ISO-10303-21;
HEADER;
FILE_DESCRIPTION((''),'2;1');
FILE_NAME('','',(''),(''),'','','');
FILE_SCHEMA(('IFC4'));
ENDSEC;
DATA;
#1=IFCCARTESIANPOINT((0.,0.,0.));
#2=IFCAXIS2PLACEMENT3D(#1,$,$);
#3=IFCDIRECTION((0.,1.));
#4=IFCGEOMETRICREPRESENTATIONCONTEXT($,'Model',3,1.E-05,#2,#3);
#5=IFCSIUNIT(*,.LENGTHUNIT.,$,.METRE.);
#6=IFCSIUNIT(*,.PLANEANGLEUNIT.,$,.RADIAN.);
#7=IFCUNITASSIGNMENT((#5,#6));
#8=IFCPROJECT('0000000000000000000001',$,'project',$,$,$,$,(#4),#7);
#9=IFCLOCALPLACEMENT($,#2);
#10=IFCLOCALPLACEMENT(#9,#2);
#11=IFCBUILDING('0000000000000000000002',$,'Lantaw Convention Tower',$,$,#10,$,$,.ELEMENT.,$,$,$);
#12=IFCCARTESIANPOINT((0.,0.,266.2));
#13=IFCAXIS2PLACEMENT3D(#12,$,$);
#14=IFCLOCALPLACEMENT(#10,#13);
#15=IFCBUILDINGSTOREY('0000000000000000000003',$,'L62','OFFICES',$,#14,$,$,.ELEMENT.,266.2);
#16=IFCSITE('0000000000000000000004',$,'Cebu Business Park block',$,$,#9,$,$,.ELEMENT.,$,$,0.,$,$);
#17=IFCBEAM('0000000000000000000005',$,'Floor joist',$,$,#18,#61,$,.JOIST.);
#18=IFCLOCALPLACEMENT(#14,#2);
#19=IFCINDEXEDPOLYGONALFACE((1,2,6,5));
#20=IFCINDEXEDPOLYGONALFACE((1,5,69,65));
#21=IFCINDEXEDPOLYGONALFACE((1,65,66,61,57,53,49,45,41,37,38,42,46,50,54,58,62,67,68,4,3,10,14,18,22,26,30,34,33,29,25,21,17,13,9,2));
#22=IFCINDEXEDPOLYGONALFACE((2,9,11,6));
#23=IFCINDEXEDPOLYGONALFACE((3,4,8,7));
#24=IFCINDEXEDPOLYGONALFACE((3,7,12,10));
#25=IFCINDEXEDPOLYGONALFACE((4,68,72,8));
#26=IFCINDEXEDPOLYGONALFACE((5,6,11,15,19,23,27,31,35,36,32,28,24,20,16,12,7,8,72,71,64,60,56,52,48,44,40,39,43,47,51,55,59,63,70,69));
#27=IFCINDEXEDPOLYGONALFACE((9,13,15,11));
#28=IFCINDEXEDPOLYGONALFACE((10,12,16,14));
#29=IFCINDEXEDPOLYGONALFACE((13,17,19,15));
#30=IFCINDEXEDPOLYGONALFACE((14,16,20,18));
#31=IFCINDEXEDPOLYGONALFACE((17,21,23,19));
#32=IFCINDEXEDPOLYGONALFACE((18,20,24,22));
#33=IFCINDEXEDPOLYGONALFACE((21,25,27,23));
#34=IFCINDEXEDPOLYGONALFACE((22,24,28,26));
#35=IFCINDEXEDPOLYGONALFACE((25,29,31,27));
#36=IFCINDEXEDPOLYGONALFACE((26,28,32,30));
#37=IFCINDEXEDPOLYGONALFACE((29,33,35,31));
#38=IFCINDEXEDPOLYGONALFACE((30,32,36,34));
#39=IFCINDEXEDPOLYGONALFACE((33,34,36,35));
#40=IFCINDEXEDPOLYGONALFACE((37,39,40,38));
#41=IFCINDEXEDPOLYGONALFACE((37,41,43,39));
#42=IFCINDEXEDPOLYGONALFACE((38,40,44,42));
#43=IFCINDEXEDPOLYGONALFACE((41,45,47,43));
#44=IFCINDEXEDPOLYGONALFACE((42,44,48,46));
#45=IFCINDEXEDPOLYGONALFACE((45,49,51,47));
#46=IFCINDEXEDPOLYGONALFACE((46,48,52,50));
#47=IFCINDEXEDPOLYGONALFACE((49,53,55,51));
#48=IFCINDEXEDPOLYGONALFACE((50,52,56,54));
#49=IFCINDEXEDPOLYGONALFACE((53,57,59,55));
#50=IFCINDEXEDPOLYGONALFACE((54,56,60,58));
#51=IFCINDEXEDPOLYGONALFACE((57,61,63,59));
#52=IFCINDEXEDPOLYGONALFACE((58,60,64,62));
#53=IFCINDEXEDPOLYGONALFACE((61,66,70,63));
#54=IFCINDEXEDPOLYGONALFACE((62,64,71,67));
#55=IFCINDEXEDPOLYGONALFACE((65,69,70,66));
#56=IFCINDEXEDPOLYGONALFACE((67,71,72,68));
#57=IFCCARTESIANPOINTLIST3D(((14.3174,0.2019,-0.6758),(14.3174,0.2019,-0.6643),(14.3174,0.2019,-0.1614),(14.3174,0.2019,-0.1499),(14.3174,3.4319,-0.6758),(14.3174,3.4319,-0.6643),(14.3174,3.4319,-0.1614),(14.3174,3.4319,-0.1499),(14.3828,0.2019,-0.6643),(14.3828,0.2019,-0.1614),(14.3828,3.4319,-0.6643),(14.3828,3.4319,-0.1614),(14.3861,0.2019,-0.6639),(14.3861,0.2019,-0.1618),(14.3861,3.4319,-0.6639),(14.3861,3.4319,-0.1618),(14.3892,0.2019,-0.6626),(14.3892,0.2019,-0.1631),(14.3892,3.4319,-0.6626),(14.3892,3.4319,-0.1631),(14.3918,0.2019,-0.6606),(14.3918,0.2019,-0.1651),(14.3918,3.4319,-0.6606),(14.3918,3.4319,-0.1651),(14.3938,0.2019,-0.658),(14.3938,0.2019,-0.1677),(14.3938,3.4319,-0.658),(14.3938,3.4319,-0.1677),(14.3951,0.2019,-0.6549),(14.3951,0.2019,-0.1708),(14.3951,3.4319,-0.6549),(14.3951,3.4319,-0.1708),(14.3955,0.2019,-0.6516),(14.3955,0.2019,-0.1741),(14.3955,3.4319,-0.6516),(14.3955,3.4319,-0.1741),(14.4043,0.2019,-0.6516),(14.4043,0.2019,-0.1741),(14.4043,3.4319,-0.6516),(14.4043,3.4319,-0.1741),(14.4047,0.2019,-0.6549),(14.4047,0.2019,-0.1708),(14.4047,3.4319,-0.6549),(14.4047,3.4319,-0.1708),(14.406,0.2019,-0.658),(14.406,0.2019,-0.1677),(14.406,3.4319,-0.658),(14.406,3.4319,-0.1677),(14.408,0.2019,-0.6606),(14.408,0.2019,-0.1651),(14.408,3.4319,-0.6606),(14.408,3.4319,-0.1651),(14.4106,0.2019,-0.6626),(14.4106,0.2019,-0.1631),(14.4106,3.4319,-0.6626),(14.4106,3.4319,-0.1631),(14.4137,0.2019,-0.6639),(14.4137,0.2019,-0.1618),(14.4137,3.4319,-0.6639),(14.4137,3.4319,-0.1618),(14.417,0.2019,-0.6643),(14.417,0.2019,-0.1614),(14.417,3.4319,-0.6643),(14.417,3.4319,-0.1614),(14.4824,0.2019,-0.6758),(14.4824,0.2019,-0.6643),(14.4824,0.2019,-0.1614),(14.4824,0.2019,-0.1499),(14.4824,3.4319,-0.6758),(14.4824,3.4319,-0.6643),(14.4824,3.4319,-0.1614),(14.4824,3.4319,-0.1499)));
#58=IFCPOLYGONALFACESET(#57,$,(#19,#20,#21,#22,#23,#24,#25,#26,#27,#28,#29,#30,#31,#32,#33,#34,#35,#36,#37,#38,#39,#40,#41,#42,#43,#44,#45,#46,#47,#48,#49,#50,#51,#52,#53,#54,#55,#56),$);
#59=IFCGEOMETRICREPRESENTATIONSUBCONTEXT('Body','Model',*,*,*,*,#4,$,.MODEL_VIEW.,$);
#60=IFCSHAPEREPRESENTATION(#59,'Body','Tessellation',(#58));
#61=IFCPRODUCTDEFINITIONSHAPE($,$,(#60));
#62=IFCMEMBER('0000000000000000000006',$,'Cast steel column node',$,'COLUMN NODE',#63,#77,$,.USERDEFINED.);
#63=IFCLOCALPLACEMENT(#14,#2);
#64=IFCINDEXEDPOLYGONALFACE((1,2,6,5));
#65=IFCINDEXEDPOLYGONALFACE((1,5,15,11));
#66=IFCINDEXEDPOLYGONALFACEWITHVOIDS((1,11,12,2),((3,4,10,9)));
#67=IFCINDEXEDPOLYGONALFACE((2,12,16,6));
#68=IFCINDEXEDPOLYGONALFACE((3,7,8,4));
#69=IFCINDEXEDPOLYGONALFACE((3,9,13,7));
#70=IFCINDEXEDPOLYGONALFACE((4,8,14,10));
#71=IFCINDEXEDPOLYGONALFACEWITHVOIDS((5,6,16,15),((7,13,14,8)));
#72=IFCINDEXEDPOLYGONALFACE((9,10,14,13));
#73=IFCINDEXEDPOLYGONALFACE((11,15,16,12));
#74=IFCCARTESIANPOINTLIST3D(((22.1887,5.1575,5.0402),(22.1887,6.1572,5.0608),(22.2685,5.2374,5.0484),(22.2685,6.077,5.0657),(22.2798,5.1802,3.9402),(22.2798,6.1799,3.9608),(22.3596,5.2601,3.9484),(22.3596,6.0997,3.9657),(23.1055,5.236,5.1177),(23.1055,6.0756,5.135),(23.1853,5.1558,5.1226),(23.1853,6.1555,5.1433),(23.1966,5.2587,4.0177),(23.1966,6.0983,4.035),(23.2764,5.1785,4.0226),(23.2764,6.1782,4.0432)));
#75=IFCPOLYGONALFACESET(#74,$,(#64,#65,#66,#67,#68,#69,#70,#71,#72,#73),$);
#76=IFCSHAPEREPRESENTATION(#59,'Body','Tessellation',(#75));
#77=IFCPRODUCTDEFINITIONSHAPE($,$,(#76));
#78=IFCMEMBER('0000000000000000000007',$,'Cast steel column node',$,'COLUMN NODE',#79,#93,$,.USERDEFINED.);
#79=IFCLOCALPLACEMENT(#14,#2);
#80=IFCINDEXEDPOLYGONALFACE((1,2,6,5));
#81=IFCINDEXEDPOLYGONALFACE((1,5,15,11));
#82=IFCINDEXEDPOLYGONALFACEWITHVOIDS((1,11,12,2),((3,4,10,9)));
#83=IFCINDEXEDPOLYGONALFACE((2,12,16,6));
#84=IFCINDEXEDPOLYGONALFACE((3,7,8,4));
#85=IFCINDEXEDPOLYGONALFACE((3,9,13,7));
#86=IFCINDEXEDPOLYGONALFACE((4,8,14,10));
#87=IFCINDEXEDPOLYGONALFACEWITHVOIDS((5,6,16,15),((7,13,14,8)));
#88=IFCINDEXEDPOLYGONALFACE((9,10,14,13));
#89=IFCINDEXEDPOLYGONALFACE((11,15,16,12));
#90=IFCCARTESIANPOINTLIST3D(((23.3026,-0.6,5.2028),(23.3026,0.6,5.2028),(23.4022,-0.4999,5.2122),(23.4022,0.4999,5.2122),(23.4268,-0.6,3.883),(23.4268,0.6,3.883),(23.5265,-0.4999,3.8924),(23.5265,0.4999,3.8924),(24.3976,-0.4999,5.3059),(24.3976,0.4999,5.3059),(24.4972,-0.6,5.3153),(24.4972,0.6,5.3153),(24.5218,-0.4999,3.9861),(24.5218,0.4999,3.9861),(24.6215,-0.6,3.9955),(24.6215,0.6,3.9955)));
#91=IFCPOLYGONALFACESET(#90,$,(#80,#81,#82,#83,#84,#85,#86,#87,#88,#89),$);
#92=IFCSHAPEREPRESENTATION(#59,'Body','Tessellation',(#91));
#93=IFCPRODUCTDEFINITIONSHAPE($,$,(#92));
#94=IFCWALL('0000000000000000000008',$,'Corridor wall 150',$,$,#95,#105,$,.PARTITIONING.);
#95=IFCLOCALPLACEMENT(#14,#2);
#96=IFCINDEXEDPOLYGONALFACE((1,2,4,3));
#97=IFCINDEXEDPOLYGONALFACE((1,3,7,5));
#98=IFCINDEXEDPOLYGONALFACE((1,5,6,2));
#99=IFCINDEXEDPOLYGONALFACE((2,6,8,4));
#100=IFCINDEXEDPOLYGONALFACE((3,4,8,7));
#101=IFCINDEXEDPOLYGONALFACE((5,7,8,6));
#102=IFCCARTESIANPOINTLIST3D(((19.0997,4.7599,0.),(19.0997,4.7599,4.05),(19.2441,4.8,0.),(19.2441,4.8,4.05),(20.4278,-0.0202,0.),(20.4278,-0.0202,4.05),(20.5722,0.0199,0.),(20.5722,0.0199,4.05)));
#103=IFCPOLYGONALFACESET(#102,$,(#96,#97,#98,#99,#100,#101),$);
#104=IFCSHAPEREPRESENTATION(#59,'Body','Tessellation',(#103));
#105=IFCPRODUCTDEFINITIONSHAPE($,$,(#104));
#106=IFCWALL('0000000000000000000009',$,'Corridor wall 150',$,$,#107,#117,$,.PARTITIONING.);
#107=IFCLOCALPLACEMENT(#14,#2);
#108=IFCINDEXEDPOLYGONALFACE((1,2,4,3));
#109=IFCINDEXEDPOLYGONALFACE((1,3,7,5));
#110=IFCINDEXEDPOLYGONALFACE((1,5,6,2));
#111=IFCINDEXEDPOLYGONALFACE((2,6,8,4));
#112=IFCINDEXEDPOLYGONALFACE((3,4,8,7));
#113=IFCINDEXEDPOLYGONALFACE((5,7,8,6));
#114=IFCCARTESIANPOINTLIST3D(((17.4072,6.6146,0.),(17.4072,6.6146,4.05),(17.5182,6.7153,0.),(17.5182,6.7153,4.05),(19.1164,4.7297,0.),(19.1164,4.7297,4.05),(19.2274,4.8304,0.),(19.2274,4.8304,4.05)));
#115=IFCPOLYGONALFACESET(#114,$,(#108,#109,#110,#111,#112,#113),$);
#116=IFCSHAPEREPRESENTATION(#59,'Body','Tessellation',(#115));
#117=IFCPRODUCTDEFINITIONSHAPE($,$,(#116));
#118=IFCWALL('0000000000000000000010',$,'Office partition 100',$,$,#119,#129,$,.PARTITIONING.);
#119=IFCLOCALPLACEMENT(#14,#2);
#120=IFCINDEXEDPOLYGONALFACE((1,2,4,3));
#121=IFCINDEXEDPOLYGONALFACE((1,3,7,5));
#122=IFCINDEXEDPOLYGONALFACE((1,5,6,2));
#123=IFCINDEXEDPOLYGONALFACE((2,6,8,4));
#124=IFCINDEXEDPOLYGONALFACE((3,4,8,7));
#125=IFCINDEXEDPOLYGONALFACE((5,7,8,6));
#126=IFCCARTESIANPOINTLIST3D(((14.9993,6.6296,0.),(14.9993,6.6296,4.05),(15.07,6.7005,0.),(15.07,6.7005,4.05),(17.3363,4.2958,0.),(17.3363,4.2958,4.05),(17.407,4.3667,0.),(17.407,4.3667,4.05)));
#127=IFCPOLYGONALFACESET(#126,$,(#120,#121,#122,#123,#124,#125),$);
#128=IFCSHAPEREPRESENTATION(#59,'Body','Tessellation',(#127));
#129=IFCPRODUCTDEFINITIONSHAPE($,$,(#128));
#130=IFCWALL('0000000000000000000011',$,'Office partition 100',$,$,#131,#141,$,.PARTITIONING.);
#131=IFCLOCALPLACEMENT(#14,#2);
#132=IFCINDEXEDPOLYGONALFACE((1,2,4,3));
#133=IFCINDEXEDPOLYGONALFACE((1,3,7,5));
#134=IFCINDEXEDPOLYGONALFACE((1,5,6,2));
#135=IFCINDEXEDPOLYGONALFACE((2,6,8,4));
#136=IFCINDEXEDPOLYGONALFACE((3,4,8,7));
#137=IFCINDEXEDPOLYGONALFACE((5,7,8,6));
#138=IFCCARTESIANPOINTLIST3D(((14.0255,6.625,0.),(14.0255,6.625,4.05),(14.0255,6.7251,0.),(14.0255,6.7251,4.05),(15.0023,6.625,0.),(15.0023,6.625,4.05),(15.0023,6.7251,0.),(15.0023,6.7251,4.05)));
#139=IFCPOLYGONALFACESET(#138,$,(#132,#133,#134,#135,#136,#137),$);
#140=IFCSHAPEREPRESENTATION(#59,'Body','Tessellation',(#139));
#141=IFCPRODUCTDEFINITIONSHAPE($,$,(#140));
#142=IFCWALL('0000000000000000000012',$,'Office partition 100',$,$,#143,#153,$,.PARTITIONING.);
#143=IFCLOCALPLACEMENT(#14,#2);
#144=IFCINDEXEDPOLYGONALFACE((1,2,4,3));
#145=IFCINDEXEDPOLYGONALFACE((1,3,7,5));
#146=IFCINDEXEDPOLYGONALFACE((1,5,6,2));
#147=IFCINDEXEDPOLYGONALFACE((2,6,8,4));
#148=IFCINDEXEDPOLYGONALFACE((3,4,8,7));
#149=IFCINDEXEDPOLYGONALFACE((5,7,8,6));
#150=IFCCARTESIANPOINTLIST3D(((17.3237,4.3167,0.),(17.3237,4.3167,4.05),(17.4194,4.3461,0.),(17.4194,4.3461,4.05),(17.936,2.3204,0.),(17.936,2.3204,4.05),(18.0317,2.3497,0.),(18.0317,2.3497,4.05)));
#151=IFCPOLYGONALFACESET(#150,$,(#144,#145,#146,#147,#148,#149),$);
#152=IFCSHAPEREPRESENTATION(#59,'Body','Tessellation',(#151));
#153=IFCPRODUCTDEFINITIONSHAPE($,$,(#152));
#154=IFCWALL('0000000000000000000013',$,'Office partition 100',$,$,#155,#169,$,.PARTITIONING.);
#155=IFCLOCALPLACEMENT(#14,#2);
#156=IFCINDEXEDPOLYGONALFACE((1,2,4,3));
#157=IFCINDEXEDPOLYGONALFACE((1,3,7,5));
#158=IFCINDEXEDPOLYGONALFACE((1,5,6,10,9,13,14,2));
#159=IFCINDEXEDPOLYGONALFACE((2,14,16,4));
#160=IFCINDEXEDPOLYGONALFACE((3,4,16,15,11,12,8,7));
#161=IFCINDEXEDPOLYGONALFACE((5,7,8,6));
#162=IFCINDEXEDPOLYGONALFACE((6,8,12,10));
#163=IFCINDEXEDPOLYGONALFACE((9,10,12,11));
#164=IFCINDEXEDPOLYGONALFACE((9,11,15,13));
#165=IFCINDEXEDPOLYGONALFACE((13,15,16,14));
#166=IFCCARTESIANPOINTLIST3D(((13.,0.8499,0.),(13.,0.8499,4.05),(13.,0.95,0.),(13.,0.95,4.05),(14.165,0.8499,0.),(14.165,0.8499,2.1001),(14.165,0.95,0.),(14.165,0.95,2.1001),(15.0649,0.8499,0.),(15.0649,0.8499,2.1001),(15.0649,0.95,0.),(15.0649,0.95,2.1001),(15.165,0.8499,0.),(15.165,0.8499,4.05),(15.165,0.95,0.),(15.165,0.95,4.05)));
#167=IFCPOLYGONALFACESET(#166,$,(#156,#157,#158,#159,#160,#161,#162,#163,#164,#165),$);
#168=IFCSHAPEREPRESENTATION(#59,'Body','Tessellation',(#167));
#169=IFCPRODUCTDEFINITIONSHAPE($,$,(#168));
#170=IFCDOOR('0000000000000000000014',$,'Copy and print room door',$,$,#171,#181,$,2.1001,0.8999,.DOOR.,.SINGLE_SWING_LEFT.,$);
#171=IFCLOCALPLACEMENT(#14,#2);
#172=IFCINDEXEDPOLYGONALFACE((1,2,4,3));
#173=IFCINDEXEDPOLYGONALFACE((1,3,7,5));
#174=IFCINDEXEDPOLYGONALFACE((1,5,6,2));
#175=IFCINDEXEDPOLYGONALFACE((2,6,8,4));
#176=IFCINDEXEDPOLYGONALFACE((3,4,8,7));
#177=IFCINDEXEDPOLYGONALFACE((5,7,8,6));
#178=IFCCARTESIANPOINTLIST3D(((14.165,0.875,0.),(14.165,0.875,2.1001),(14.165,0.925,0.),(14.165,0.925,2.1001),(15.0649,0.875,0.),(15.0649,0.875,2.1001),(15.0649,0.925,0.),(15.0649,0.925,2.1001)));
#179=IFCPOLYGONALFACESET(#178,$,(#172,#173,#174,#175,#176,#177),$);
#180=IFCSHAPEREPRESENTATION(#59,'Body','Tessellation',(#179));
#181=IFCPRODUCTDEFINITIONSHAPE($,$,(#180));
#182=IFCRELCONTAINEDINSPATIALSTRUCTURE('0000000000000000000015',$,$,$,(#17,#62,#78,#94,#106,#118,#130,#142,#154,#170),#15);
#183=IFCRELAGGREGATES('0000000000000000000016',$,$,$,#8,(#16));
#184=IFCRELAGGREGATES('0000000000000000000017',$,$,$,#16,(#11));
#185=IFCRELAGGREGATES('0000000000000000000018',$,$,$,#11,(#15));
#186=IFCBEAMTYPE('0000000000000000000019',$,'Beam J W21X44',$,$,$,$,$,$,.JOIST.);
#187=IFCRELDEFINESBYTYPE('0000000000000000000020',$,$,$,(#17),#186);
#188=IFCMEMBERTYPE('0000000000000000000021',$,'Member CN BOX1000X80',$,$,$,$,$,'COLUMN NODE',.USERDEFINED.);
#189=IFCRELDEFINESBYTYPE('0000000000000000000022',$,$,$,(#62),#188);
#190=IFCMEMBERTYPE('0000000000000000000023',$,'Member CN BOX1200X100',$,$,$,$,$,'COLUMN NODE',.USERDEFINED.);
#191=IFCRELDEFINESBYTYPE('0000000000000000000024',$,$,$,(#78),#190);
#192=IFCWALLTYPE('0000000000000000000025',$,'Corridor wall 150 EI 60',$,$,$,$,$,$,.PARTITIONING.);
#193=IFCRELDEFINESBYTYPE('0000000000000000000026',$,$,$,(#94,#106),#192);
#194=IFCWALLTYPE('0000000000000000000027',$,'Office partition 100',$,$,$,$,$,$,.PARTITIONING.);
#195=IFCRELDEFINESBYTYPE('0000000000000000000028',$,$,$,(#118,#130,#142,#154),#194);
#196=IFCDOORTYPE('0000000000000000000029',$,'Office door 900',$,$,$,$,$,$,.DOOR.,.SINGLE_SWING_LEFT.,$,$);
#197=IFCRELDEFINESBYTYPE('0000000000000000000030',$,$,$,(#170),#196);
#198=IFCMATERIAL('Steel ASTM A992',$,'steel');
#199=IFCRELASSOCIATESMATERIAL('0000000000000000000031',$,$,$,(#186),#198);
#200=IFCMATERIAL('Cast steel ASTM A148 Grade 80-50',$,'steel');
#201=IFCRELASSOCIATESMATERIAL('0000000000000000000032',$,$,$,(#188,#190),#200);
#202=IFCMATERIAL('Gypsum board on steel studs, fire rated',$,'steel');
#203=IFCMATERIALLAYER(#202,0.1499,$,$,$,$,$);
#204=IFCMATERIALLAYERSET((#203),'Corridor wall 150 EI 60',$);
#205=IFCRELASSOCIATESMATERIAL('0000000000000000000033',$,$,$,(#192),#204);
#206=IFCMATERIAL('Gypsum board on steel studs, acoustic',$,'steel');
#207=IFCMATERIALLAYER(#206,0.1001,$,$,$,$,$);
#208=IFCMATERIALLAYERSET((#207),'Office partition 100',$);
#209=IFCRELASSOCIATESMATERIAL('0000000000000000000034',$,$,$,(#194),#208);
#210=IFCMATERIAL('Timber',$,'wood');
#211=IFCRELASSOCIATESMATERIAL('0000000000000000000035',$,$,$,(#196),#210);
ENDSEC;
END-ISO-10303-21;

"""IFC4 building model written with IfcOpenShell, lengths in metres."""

from ifc_helpers import new_model, si_unit, direction, frame, frame_2d, origin, origin_2d, place, context, subcontext, project, spatial, rectangle, hollow_rectangle, i_section, extrude, material, layer, layer_set, material_profile, profile_set, type_object, element, fill, save


model = new_model("IFC4")

# Units and contexts
model_context = context("Model", 3, precision=1e-05, world=origin(), true_north=direction((0.0, 1.0)))
body_context = subcontext(model_context, "Body", "Model", "MODEL_VIEW")
ifc_project = project(units=[si_unit("LENGTHUNIT", "METRE"), si_unit("PLANEANGLEUNIT", "RADIAN")], contexts=[model_context])

# Site, building, storey
site_placement = place(None, origin())
site = spatial("IfcSite", under=ifc_project, at=site_placement, Name="Cebu Business Park block", CompositionType="ELEMENT", RefElevation=0.0)
building_placement = place(site_placement, origin())
building = spatial("IfcBuilding", under=site, at=building_placement, Name="Lantaw Convention Tower", CompositionType="ELEMENT")
storey_placement = place(building_placement, frame((0.0, 0.0, 266.2)))
storey = spatial("IfcBuildingStorey", under=building, at=storey_placement, Name="L62", Description="OFFICES", CompositionType="ELEMENT", Elevation=266.2)

# Beam
ifc_material_1 = material(Name="Steel ASTM A992", Category="steel")
ifc_material_profile_1 = material_profile(ifc_material_1, i_section(OverallWidth=0.165, OverallDepth=0.5259, WebThickness=0.0088, FlangeThickness=0.0115, FilletRadius=0.0127, at=origin_2d()), Name="W21X44")
ifc_profile_set_1 = profile_set([ifc_material_profile_1], Name="Steel ASTM A992")
beam_type_1 = type_object("IfcBeamType", Name="Beam J W21X44", PredefinedType="JOIST", material=ifc_profile_set_1)
beam_1_placement = place(storey_placement, frame((14.3999, 0.2019, -0.4128), z_axis=(0.0, 1.0, 0.0), x_axis=(-1.0, 0.0, 0.0)))
element("IfcBeam", 1, at=beam_1_placement, inside=storey, type_object=beam_type_1, Name="Floor joist", PredefinedType="JOIST", context=body_context, shape_type="SweptSolid", body=[
    extrude(i_section(OverallWidth=0.165, OverallDepth=0.5259, WebThickness=0.0088, FlangeThickness=0.0115, FilletRadius=0.0127, at=origin_2d()), origin(), (0.0, 0.0, 1.0), 3.23),
])

# Members
ifc_material_2 = material(Name="Cast steel ASTM A148 Grade 80-50", Category="steel")
ifc_material_profile_2 = material_profile(ifc_material_2, hollow_rectangle(XDim=1.0, YDim=1.0, WallThickness=0.0801, at=origin_2d()), Name="BOX1000X80")
ifc_profile_set_2 = profile_set([ifc_material_profile_2], Name="Cast steel ASTM A148 Grade 80-50")
member_type_1 = type_object("IfcMemberType", Name="Member CN BOX1000X80", ElementType="COLUMN NODE", PredefinedType="USERDEFINED", material=ifc_profile_set_2)
member_1_placement = place(storey_placement, frame((22.7781, 5.6792, 3.9917), z_axis=(-0.082479, -0.020564, 0.996381), x_axis=(0.996593, -0.001698, 0.082461)))
element("IfcMember", 2, at=member_1_placement, inside=storey, type_object=member_type_1, Name="Cast steel column node", ObjectType="COLUMN NODE", PredefinedType="USERDEFINED", context=body_context, shape_type="SweptSolid", body=[
    extrude(hollow_rectangle(XDim=1.0, YDim=1.0, WallThickness=0.0801, at=origin_2d()), origin(), (0.0, 0.0, 1.0), 1.104),
])
ifc_material_profile_3 = material_profile(ifc_material_2, hollow_rectangle(XDim=1.2, YDim=1.2, WallThickness=0.1001, at=origin_2d()), Name="BOX1200X100")
ifc_profile_set_3 = profile_set([ifc_material_profile_3], Name="Cast steel ASTM A148 Grade 80-50")
member_type_2 = type_object("IfcMemberType", Name="Member CN BOX1200X100", ElementType="COLUMN NODE", PredefinedType="USERDEFINED", material=ifc_profile_set_3)
member_2_placement = place(storey_placement, frame((24.0242, 0.0, 3.9392), z_axis=(-0.09374, 0.0, 0.995597), x_axis=(0.995597, 0.0, 0.09374)))
element("IfcMember", 3, at=member_2_placement, inside=storey, type_object=member_type_2, Name="Cast steel column node", ObjectType="COLUMN NODE", PredefinedType="USERDEFINED", context=body_context, shape_type="SweptSolid", body=[
    extrude(hollow_rectangle(XDim=1.2, YDim=1.2, WallThickness=0.1001, at=origin_2d()), origin(), (0.0, 0.0, 1.0), 1.3257),
])

# Walls
ifc_material_3 = material(Name="Gypsum board on steel studs, fire rated", Category="steel")
ifc_layer_1 = layer(ifc_material_3, 0.1499)
ifc_layer_set_1 = layer_set([ifc_layer_1], Name="Corridor wall 150 EI 60")
wall_type_1 = type_object("IfcWallType", Name="Corridor wall 150 EI 60", PredefinedType="PARTITIONING", material=ifc_layer_set_1)
wall_1_placement = place(storey_placement, frame((20.5, 0.0, 0.0), z_axis=(0.0, 0.0, 1.0), x_axis=(-0.267707, 0.9635, 0.0)))
element("IfcWall", 4, at=wall_1_placement, inside=storey, type_object=wall_type_1, Name="Corridor wall 150", PredefinedType="PARTITIONING", context=body_context, shape_type="SweptSolid", body=[
    extrude(rectangle(XDim=4.9612, YDim=0.1499, at=frame_2d((2.4805, 0.0))), origin(), (0.0, 0.0, 1.0), 4.05),
])
wall_2_placement = place(storey_placement, frame((19.1719, 4.78, 0.0), z_axis=(0.0, 0.0, 1.0), x_axis=(-0.671722, 0.740803, 0.0)))
element("IfcWall", 5, at=wall_2_placement, inside=storey, type_object=wall_type_1, Name="Corridor wall 150", PredefinedType="PARTITIONING", context=body_context, shape_type="SweptSolid", body=[
    extrude(rectangle(XDim=2.5444, YDim=0.1499, at=frame_2d((1.2722, 0.0))), origin(), (0.0, 0.0, 1.0), 4.05),
])
ifc_material_4 = material(Name="Gypsum board on steel studs, acoustic", Category="steel")
ifc_layer_2 = layer(ifc_material_4, 0.1001)
ifc_layer_set_2 = layer_set([ifc_layer_2], Name="Office partition 100")
wall_type_2 = type_object("IfcWallType", Name="Office partition 100", PredefinedType="PARTITIONING", material=ifc_layer_set_2)
wall_3_placement = place(storey_placement, frame((15.0347, 6.665, 0.0), z_axis=(0.0, 0.0, 1.0), x_axis=(0.707587, -0.706626, 0.0)))
element("IfcWall", 6, at=wall_3_placement, inside=storey, type_object=wall_type_2, Name="Office partition 100", PredefinedType="PARTITIONING", context=body_context, shape_type="SweptSolid", body=[
    extrude(rectangle(XDim=3.3027, YDim=0.1001, at=frame_2d((1.6514, 0.0))), origin(), (0.0, 0.0, 1.0), 4.05),
])
wall_4_placement = place(storey_placement, frame((15.0022, 6.675, 0.0), z_axis=(0.0, 0.0, 1.0), x_axis=(-1.0, 0.0, 0.0)))
element("IfcWall", 7, at=wall_4_placement, inside=storey, type_object=wall_type_2, Name="Office partition 100", PredefinedType="PARTITIONING", context=body_context, shape_type="SweptSolid", body=[
    extrude(rectangle(XDim=0.9768, YDim=0.1001, at=frame_2d((0.4883, 0.0))), origin(), (0.0, 0.0, 1.0), 4.05),
])
wall_5_placement = place(storey_placement, frame((17.3716, 4.3313, 0.0), z_axis=(0.0, 0.0, 1.0), x_axis=(0.293231, -0.956042, 0.0)))
element("IfcWall", 8, at=wall_5_placement, inside=storey, type_object=wall_type_2, Name="Office partition 100", PredefinedType="PARTITIONING", context=body_context, shape_type="SweptSolid", body=[
    extrude(rectangle(XDim=2.0881, YDim=0.1001, at=frame_2d((1.0439, 0.0))), origin(), (0.0, 0.0, 1.0), 4.05),
])

# Wall, opening, door
wall_6_placement = place(storey_placement, frame((15.165, 0.8999, 0.0), z_axis=(0.0, 0.0, 1.0), x_axis=(-1.0, 0.0, 0.0)))
wall_6 = element("IfcWall", 9, at=wall_6_placement, inside=storey, type_object=wall_type_2, Name="Office partition 100", PredefinedType="PARTITIONING", context=body_context, shape_type="SweptSolid", body=[
    extrude(rectangle(XDim=2.165, YDim=0.1001, at=frame_2d((1.0825, 0.0))), origin(), (0.0, 0.0, 1.0), 4.05),
])
opening_placement = place(wall_6_placement, frame((0.1001, 0.0, 0.0)))
opening = element("IfcOpeningElement", 10, at=opening_placement, cuts=wall_6, PredefinedType="OPENING", context=body_context, shape_type="SweptSolid", body=[
    extrude(rectangle(XDim=0.8999, YDim=2.1001, at=frame_2d((0.45, 1.05))), frame((0.0, 0.0601, 0.0), z_axis=(0.0, -1.0, 0.0), x_axis=(1.0, 0.0, 0.0)), (0.0, 0.0, 1.0), 0.1201),
])
ifc_material_5 = material(Name="Timber", Category="wood")
door_type = type_object("IfcDoorType", Name="Office door 900", OperationType="SINGLE_SWING_LEFT", PredefinedType="DOOR", material=ifc_material_5)
door_placement = place(opening_placement, origin())
door = element("IfcDoor", 11, at=door_placement, inside=storey, type_object=door_type, Name="Copy and print room door", OperationType="SINGLE_SWING_LEFT", OverallHeight=2.1001, OverallWidth=0.8999, PredefinedType="DOOR", context=body_context, shape_type="SweptSolid", body=[
    extrude(rectangle(XDim=0.8999, YDim=2.1001, at=frame_2d((0.45, 1.05))), frame((0.0, 0.0249, 0.0), z_axis=(0.0, -1.0, 0.0), x_axis=(1.0, 0.0, 0.0)), (0.0, 0.0, 1.0), 0.05),
])
fill(opening, door)

save(model, "model.ifc")
